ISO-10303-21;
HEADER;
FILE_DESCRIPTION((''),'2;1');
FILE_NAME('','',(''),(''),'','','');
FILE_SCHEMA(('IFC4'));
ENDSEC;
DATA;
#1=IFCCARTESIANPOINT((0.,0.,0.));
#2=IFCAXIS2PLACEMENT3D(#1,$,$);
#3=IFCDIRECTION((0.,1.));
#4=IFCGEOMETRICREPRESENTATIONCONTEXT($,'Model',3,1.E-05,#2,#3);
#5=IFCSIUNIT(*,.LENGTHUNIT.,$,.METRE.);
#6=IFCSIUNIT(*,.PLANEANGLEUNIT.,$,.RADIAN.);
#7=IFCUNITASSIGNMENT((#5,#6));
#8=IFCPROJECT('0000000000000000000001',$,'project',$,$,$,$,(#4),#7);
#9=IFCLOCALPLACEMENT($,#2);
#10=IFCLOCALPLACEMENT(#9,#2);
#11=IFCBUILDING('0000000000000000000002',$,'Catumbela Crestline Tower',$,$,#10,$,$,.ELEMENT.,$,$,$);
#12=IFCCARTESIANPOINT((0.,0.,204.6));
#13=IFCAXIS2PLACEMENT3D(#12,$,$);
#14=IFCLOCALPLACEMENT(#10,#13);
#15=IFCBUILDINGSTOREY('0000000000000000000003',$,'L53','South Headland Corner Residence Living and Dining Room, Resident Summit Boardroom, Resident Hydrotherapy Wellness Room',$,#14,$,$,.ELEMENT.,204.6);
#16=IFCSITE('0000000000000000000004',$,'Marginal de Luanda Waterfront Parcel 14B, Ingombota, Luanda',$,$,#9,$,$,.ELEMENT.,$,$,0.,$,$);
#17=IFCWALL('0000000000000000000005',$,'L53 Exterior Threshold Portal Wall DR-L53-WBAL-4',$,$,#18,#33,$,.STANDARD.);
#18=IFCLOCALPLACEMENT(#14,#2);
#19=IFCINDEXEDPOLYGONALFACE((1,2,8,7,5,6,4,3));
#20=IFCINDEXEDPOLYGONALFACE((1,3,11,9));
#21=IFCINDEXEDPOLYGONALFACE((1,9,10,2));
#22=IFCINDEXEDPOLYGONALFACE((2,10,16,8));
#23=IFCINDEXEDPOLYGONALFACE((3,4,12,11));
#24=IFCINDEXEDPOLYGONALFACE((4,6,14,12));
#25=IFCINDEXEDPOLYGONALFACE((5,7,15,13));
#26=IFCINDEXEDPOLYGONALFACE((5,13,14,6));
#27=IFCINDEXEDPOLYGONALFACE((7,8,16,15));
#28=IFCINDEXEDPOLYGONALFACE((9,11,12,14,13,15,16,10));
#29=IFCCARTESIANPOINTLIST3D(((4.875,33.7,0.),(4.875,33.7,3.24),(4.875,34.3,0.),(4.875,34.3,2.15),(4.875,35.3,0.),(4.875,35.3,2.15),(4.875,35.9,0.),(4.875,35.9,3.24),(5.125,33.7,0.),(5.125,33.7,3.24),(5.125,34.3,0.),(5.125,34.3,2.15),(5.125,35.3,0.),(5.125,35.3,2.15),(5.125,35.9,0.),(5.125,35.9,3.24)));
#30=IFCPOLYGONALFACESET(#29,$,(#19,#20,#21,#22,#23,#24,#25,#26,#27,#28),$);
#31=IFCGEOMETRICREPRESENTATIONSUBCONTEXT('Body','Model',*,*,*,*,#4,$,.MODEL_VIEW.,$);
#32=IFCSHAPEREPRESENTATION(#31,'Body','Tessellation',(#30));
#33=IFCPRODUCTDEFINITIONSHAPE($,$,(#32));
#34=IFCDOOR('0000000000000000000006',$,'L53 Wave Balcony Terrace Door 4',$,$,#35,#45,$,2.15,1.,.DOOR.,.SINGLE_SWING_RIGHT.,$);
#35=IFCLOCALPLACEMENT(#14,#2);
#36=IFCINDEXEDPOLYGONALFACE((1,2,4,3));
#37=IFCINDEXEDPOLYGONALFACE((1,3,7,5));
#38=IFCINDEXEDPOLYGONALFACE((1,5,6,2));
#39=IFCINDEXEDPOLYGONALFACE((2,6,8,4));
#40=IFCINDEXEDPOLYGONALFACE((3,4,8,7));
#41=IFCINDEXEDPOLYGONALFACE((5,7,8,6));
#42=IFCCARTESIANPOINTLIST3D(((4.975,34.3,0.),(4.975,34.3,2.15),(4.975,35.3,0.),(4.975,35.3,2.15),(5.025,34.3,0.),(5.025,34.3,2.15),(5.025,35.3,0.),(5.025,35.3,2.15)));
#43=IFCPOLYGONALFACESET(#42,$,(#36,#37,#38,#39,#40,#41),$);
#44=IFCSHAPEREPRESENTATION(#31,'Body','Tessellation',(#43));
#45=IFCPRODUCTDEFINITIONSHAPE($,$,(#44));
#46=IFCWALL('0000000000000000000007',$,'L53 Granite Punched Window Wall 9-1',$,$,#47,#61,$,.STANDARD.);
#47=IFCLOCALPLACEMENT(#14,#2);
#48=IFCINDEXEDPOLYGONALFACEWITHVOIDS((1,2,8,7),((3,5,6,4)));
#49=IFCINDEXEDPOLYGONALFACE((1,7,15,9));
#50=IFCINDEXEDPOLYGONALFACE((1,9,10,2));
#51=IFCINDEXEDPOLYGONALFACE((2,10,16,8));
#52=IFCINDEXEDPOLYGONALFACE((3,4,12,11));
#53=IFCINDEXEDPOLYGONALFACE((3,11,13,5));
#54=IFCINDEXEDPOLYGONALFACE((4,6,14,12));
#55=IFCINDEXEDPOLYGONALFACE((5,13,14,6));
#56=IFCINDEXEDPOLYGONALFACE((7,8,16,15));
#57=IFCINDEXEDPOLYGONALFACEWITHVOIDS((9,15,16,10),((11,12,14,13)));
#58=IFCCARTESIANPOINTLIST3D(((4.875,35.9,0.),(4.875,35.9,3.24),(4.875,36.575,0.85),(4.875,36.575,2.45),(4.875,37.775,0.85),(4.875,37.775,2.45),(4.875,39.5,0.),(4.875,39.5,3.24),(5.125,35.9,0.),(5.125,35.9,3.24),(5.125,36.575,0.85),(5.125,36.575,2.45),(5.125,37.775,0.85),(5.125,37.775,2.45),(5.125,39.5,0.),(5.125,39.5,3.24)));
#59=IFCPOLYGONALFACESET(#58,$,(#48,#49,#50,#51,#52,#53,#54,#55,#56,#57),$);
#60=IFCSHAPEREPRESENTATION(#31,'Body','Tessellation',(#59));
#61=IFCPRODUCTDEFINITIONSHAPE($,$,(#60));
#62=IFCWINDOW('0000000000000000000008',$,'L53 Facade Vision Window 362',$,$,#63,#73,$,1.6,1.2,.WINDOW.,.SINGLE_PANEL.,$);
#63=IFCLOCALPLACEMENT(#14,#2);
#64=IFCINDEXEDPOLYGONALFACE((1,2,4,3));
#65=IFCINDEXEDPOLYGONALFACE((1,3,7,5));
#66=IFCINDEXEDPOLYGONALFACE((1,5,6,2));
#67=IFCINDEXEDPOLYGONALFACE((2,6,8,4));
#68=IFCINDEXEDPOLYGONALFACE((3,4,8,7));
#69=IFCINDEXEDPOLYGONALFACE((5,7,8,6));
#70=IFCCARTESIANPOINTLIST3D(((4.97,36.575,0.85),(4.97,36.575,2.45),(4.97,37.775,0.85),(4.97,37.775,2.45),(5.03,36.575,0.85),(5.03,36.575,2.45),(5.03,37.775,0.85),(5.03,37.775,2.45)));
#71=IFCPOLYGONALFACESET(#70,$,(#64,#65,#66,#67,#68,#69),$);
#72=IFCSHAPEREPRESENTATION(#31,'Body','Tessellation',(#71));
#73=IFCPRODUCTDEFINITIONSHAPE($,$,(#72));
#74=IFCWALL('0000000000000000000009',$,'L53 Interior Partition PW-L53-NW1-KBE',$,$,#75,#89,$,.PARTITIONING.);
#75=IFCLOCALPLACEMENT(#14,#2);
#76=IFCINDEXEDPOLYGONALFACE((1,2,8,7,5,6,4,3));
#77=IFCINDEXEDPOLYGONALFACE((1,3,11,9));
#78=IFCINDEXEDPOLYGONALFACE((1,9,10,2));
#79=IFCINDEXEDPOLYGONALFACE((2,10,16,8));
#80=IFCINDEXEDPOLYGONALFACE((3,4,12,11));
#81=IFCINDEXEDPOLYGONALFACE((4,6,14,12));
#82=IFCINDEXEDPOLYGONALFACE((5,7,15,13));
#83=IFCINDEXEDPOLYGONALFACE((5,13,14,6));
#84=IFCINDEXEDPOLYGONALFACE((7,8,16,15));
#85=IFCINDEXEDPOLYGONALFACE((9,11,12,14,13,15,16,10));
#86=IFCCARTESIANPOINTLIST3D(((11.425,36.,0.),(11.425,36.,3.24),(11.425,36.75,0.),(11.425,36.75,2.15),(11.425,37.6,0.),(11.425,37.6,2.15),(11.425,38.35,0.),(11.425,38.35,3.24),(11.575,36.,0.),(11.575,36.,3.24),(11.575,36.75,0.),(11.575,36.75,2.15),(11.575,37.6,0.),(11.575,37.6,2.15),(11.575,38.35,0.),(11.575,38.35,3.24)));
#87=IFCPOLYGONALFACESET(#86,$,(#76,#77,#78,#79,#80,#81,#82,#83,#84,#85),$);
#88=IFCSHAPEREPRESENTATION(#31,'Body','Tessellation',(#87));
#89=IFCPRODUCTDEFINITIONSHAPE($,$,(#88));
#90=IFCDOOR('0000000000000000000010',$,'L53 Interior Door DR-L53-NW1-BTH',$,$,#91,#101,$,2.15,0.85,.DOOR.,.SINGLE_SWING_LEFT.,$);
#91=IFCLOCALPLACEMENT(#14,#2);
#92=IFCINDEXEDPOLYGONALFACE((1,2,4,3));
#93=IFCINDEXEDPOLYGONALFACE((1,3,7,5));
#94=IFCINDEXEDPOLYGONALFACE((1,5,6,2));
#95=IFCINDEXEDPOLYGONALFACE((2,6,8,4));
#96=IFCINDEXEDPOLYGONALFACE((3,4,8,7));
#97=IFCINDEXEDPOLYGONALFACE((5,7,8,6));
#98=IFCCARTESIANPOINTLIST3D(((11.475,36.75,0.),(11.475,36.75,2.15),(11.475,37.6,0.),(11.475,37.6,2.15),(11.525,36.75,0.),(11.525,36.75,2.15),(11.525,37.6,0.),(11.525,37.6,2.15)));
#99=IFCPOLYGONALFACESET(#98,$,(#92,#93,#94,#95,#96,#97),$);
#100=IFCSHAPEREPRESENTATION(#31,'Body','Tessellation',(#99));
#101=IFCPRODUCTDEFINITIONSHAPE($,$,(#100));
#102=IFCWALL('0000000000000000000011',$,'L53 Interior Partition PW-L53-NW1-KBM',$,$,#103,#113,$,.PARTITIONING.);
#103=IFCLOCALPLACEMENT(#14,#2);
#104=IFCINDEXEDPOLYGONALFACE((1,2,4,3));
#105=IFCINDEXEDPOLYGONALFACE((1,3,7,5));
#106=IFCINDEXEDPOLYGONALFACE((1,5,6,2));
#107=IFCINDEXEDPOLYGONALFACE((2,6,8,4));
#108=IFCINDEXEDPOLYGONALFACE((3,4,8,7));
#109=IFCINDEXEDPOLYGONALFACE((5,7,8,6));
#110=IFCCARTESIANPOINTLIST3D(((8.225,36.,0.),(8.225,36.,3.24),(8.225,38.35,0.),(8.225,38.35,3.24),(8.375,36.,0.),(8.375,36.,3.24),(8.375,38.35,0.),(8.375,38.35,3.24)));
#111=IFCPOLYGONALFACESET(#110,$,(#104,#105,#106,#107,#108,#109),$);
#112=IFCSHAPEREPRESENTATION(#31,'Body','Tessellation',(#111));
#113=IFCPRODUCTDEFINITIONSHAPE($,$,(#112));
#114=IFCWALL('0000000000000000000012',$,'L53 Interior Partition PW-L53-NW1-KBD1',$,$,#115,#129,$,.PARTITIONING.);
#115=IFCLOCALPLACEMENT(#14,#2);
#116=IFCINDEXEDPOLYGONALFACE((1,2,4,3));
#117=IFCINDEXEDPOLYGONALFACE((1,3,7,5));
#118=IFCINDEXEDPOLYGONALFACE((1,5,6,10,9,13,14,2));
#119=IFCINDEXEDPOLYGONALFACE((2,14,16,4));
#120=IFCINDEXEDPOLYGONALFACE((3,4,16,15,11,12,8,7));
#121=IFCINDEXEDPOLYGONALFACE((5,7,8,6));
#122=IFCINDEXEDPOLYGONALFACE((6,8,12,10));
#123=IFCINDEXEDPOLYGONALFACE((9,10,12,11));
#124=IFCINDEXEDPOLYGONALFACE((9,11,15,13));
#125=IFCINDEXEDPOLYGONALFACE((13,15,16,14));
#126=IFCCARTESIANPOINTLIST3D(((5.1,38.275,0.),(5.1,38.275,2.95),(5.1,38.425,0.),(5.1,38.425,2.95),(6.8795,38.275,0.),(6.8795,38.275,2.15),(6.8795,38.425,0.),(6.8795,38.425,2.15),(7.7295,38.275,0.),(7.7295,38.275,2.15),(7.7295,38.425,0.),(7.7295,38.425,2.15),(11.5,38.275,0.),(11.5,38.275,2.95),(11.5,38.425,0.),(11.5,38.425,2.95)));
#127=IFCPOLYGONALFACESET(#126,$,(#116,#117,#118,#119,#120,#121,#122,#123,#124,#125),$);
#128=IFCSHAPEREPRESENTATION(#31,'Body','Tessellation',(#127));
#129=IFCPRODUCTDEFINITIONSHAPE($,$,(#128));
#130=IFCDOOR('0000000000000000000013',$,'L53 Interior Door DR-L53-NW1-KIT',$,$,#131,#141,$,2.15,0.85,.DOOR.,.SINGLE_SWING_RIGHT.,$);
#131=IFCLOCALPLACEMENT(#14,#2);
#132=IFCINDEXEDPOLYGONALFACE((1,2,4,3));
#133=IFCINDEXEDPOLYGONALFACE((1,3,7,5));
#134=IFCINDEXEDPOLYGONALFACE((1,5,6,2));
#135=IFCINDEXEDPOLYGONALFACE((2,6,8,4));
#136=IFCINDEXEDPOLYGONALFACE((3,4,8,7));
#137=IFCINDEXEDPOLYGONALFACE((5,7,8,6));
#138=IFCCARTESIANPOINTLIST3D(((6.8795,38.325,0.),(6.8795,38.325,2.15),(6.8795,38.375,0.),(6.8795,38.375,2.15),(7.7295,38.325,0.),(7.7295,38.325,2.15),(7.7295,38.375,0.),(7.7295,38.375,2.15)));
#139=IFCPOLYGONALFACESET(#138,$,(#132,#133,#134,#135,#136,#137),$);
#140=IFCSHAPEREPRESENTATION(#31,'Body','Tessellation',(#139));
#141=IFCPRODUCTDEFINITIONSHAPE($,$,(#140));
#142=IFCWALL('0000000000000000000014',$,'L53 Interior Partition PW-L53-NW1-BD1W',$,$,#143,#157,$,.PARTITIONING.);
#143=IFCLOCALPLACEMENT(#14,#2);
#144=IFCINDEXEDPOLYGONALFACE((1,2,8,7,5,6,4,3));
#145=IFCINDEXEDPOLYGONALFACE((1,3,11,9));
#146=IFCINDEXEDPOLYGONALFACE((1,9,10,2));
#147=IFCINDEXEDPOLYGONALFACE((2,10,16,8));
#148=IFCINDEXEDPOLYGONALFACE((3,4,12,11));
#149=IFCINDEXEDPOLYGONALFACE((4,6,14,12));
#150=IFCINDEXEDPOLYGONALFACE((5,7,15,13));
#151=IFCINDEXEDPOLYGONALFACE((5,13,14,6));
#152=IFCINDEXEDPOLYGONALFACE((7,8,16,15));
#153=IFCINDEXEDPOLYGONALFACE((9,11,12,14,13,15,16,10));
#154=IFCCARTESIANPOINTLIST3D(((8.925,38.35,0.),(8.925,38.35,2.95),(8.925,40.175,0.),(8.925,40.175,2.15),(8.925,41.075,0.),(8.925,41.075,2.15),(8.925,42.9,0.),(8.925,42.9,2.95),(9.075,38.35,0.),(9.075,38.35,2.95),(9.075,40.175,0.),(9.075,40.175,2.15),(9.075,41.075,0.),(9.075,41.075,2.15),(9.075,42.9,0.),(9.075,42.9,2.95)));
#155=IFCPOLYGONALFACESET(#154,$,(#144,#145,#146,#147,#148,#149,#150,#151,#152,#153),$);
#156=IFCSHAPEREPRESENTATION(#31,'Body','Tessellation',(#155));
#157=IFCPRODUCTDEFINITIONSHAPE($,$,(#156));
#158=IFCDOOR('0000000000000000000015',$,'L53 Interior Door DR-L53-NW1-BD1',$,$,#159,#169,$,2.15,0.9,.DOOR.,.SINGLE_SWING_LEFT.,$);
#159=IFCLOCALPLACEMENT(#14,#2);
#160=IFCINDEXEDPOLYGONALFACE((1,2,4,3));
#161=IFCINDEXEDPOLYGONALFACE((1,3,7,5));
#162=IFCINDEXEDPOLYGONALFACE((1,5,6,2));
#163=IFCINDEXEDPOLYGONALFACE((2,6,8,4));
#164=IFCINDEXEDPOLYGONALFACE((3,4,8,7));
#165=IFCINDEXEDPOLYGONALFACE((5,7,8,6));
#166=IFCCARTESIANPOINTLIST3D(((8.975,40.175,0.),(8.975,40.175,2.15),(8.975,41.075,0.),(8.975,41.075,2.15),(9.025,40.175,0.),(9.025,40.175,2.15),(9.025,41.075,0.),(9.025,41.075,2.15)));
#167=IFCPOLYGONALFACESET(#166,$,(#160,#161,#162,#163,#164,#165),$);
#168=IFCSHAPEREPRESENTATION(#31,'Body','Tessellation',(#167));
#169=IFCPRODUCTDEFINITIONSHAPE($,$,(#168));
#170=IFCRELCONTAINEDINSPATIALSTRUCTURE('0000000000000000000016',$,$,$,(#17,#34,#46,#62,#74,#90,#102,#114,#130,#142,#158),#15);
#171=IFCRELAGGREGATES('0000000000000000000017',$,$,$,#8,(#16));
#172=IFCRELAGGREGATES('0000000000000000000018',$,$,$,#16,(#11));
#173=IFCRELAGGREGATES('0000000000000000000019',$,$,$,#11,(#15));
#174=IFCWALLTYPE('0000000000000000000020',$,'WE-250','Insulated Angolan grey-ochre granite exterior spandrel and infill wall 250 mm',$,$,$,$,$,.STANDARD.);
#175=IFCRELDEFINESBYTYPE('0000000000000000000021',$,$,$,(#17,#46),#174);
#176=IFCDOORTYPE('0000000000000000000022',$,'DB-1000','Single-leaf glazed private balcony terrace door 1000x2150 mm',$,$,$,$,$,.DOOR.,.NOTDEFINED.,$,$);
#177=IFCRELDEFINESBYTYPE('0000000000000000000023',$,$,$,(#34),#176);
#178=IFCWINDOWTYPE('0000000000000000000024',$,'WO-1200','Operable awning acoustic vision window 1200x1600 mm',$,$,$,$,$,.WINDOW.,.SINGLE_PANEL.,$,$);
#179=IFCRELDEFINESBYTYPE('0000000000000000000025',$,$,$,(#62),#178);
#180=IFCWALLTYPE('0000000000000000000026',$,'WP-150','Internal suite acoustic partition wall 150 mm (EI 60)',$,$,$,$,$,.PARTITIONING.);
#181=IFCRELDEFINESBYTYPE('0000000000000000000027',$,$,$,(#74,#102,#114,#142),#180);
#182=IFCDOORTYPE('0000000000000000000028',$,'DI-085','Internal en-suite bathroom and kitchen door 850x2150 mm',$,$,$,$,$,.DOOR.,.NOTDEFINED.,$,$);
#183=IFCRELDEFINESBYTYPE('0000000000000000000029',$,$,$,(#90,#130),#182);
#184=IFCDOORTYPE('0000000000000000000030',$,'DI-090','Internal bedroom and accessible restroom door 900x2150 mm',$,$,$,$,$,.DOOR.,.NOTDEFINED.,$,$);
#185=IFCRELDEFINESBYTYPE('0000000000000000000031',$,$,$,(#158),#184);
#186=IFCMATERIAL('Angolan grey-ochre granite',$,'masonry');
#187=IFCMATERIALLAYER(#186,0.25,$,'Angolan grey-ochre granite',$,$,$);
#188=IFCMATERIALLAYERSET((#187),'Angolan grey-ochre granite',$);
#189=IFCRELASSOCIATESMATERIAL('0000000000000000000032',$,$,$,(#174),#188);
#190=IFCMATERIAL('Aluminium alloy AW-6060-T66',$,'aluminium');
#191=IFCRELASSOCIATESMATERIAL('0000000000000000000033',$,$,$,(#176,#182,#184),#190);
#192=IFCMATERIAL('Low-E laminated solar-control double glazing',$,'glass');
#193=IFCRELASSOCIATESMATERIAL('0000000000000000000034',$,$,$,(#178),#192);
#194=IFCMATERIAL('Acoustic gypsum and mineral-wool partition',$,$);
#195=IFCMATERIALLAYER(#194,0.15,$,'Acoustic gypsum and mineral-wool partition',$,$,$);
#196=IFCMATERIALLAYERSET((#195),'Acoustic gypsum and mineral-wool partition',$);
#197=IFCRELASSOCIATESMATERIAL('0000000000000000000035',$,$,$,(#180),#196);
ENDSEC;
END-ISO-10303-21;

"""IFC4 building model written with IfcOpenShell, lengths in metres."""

from ifc_helpers import new_model, si_unit, direction, frame, frame_2d, origin, place, context, subcontext, project, spatial, rectangle, extrude, material, layer, layer_set, type_object, element, fill, save


model = new_model("IFC4")

# Units and contexts
model_context = context("Model", 3, precision=1e-05, world=origin(), true_north=direction((0.0, 1.0)))
body_context = subcontext(model_context, "Body", "Model", "MODEL_VIEW")
ifc_project = project(units=[si_unit("LENGTHUNIT", "METRE"), si_unit("PLANEANGLEUNIT", "RADIAN")], contexts=[model_context])

# Site, building, storey
site_placement = place(None, origin())
site = spatial("IfcSite", under=ifc_project, at=site_placement, Name="Marginal de Luanda Waterfront Parcel 14B, Ingombota, Luanda", CompositionType="ELEMENT", RefElevation=0.0)
building_placement = place(site_placement, origin())
building = spatial("IfcBuilding", under=site, at=building_placement, Name="Catumbela Crestline Tower", CompositionType="ELEMENT")
storey_placement = place(building_placement, frame((0.0, 0.0, 204.6)))
storey = spatial("IfcBuildingStorey", under=building, at=storey_placement, Name="L53", Description="South Headland Corner Residence Living and Dining Room, Resident Summit Boardroom, Resident Hydrotherapy Wellness Room", CompositionType="ELEMENT", Elevation=204.6)

# Shared definitions
ifc_material_1 = material(Name="Aluminium alloy AW-6060-T66", Category="aluminium")

# Shared definitions
ifc_material_2 = material(Name="Low-E laminated solar-control double glazing", Category="glass")

# Shared definitions
ifc_material_3 = material(Name="Acoustic gypsum and mineral-wool partition")

# Shared definitions
ifc_material_4 = material(Name="Angolan grey-ochre granite", Category="masonry")
ifc_layer_1 = layer(ifc_material_4, 0.25, Name="Angolan grey-ochre granite")
ifc_layer_set_1 = layer_set([ifc_layer_1], Name="Angolan grey-ochre granite")
wall_type_1 = type_object("IfcWallType", Name="WE-250", Description="Insulated Angolan grey-ochre granite exterior spandrel and infill wall 250 mm", PredefinedType="STANDARD", material=ifc_layer_set_1)

# Wall, opening, door
wall_1_placement = place(storey_placement, frame((5.0, 35.9, 0.0), z_axis=(0.0, 0.0, 1.0), x_axis=(0.0, -1.0, 0.0)))
wall_1 = element("IfcWall", 1, at=wall_1_placement, inside=storey, type_object=wall_type_1, Name="L53 Exterior Threshold Portal Wall DR-L53-WBAL-4", PredefinedType="STANDARD", context=body_context, shape_type="SweptSolid", body=[
    extrude(rectangle(XDim=2.2, YDim=0.25, at=frame_2d((1.1, 0.0))), origin(), (0.0, 0.0, 1.0), 3.24),
])
opening_1_placement = place(wall_1_placement, frame((0.6, 0.0, 0.0)))
opening_1 = element("IfcOpeningElement", 2, at=opening_1_placement, cuts=wall_1, PredefinedType="OPENING", context=body_context, shape_type="SweptSolid", body=[
    extrude(rectangle(XDim=1.0, YDim=2.15, at=frame_2d((0.5, 1.075))), frame((0.0, 0.135, 0.0), z_axis=(0.0, -1.0, 0.0), x_axis=(1.0, 0.0, 0.0)), (0.0, 0.0, 1.0), 0.27),
])
door_type_1 = type_object("IfcDoorType", Name="DB-1000", Description="Single-leaf glazed private balcony terrace door 1000x2150 mm", OperationType="NOTDEFINED", PredefinedType="DOOR", material=ifc_material_1)
door_1_placement = place(opening_1_placement, origin())
door_1 = element("IfcDoor", 3, at=door_1_placement, inside=storey, type_object=door_type_1, Name="L53 Wave Balcony Terrace Door 4", OperationType="SINGLE_SWING_RIGHT", OverallHeight=2.15, OverallWidth=1.0, PredefinedType="DOOR", context=body_context, shape_type="SweptSolid", body=[
    extrude(rectangle(XDim=1.0, YDim=2.15, at=frame_2d((0.5, 1.075))), frame((0.0, 0.025, 0.0), z_axis=(0.0, -1.0, 0.0), x_axis=(1.0, 0.0, 0.0)), (0.0, 0.0, 1.0), 0.05),
])
fill(opening_1, door_1)

# Wall, opening, window
wall_2_placement = place(storey_placement, frame((5.0, 39.5, 0.0), z_axis=(0.0, 0.0, 1.0), x_axis=(0.0, -1.0, 0.0)))
wall_2 = element("IfcWall", 4, at=wall_2_placement, inside=storey, type_object=wall_type_1, Name="L53 Granite Punched Window Wall 9-1", PredefinedType="STANDARD", context=body_context, shape_type="SweptSolid", body=[
    extrude(rectangle(XDim=3.6, YDim=0.25, at=frame_2d((1.8, 0.0))), origin(), (0.0, 0.0, 1.0), 3.24),
])
opening_2_placement = place(wall_2_placement, frame((1.725, 0.0, 0.85)))
opening_2 = element("IfcOpeningElement", 5, at=opening_2_placement, cuts=wall_2, PredefinedType="OPENING", context=body_context, shape_type="SweptSolid", body=[
    extrude(rectangle(XDim=1.2, YDim=1.6, at=frame_2d((0.6, 0.8))), frame((0.0, 0.135, 0.0), z_axis=(0.0, -1.0, 0.0), x_axis=(1.0, 0.0, 0.0)), (0.0, 0.0, 1.0), 0.27),
])
window_type_1 = type_object("IfcWindowType", Name="WO-1200", Description="Operable awning acoustic vision window 1200x1600 mm", PartitioningType="SINGLE_PANEL", PredefinedType="WINDOW", material=ifc_material_2)
window_1_placement = place(opening_2_placement, origin())
window_1 = element("IfcWindow", 6, at=window_1_placement, inside=storey, type_object=window_type_1, Name="L53 Facade Vision Window 362", OverallHeight=1.6, OverallWidth=1.2, PartitioningType="SINGLE_PANEL", PredefinedType="WINDOW", context=body_context, shape_type="SweptSolid", body=[
    extrude(rectangle(XDim=1.2, YDim=1.6, at=frame_2d((0.6, 0.8))), frame((0.0, 0.03, 0.0), z_axis=(0.0, -1.0, 0.0), x_axis=(1.0, 0.0, 0.0)), (0.0, 0.0, 1.0), 0.06),
])
fill(opening_2, window_1)

# Wall, opening, door
ifc_layer_2 = layer(ifc_material_3, 0.15, Name="Acoustic gypsum and mineral-wool partition")
ifc_layer_set_2 = layer_set([ifc_layer_2], Name="Acoustic gypsum and mineral-wool partition")
wall_type_2 = type_object("IfcWallType", Name="WP-150", Description="Internal suite acoustic partition wall 150 mm (EI 60)", PredefinedType="PARTITIONING", material=ifc_layer_set_2)
wall_3_placement = place(storey_placement, frame((11.5, 36.0, 0.0), z_axis=(0.0, 0.0, 1.0), x_axis=(0.0, 1.0, 0.0)))
wall_3 = element("IfcWall", 7, at=wall_3_placement, inside=storey, type_object=wall_type_2, Name="L53 Interior Partition PW-L53-NW1-KBE", PredefinedType="PARTITIONING", context=body_context, shape_type="SweptSolid", body=[
    extrude(rectangle(XDim=2.35, YDim=0.15, at=frame_2d((1.175, 0.0))), origin(), (0.0, 0.0, 1.0), 3.24),
])
opening_3_placement = place(wall_3_placement, frame((0.75, 0.0, 0.0)))
opening_3 = element("IfcOpeningElement", 8, at=opening_3_placement, cuts=wall_3, PredefinedType="OPENING", context=body_context, shape_type="SweptSolid", body=[
    extrude(rectangle(XDim=0.85, YDim=2.15, at=frame_2d((0.425, 1.075))), frame((0.0, 0.085, 0.0), z_axis=(0.0, -1.0, 0.0), x_axis=(1.0, 0.0, 0.0)), (0.0, 0.0, 1.0), 0.17),
])
door_type_2 = type_object("IfcDoorType", Name="DI-085", Description="Internal en-suite bathroom and kitchen door 850x2150 mm", OperationType="NOTDEFINED", PredefinedType="DOOR", material=ifc_material_1)
door_2_placement = place(opening_3_placement, origin())
door_2 = element("IfcDoor", 9, at=door_2_placement, inside=storey, type_object=door_type_2, Name="L53 Interior Door DR-L53-NW1-BTH", OperationType="SINGLE_SWING_LEFT", OverallHeight=2.15, OverallWidth=0.85, PredefinedType="DOOR", context=body_context, shape_type="SweptSolid", body=[
    extrude(rectangle(XDim=0.85, YDim=2.15, at=frame_2d((0.425, 1.075))), frame((0.0, 0.025, 0.0), z_axis=(0.0, -1.0, 0.0), x_axis=(1.0, 0.0, 0.0)), (0.0, 0.0, 1.0), 0.05),
])
fill(opening_3, door_2)

# Wall
wall_4_placement = place(storey_placement, frame((8.3, 36.0, 0.0), z_axis=(0.0, 0.0, 1.0), x_axis=(0.0, 1.0, 0.0)))
element("IfcWall", 10, at=wall_4_placement, inside=storey, type_object=wall_type_2, Name="L53 Interior Partition PW-L53-NW1-KBM", PredefinedType="PARTITIONING", context=body_context, shape_type="SweptSolid", body=[
    extrude(rectangle(XDim=2.35, YDim=0.15, at=frame_2d((1.175, 0.0))), origin(), (0.0, 0.0, 1.0), 3.24),
])

# Walls, openings, doors
wall_5_placement = place(storey_placement, frame((5.1, 38.35, 0.0), z_axis=(0.0, 0.0, 1.0), x_axis=(1.0, 0.0, 0.0)))
wall_5 = element("IfcWall", 11, at=wall_5_placement, inside=storey, type_object=wall_type_2, Name="L53 Interior Partition PW-L53-NW1-KBD1", PredefinedType="PARTITIONING", context=body_context, shape_type="SweptSolid", body=[
    extrude(rectangle(XDim=6.4, YDim=0.15, at=frame_2d((3.2, 0.0))), origin(), (0.0, 0.0, 1.0), 2.95),
])
opening_4_placement = place(wall_5_placement, frame((1.7795, 0.0, 0.0)))
opening_4 = element("IfcOpeningElement", 12, at=opening_4_placement, cuts=wall_5, PredefinedType="OPENING", context=body_context, shape_type="SweptSolid", body=[
    extrude(rectangle(XDim=0.85, YDim=2.15, at=frame_2d((0.425, 1.075))), frame((0.0, 0.085, 0.0), z_axis=(0.0, -1.0, 0.0), x_axis=(1.0, 0.0, 0.0)), (0.0, 0.0, 1.0), 0.17),
])
door_3_placement = place(opening_4_placement, origin())
door_3 = element("IfcDoor", 13, at=door_3_placement, inside=storey, type_object=door_type_2, Name="L53 Interior Door DR-L53-NW1-KIT", OperationType="SINGLE_SWING_RIGHT", OverallHeight=2.15, OverallWidth=0.85, PredefinedType="DOOR", context=body_context, shape_type="SweptSolid", body=[
    extrude(rectangle(XDim=0.85, YDim=2.15, at=frame_2d((0.425, 1.075))), frame((0.0, 0.025, 0.0), z_axis=(0.0, -1.0, 0.0), x_axis=(1.0, 0.0, 0.0)), (0.0, 0.0, 1.0), 0.05),
])
fill(opening_4, door_3)
wall_6_placement = place(storey_placement, frame((9.0, 38.35, 0.0), z_axis=(0.0, 0.0, 1.0), x_axis=(0.0, 1.0, 0.0)))
wall_6 = element("IfcWall", 14, at=wall_6_placement, inside=storey, type_object=wall_type_2, Name="L53 Interior Partition PW-L53-NW1-BD1W", PredefinedType="PARTITIONING", context=body_context, shape_type="SweptSolid", body=[
    extrude(rectangle(XDim=4.55, YDim=0.15, at=frame_2d((2.275, 0.0))), origin(), (0.0, 0.0, 1.0), 2.95),
])
opening_5_placement = place(wall_6_placement, frame((1.825, 0.0, 0.0)))
opening_5 = element("IfcOpeningElement", 15, at=opening_5_placement, cuts=wall_6, PredefinedType="OPENING", context=body_context, shape_type="SweptSolid", body=[
    extrude(rectangle(XDim=0.9, YDim=2.15, at=frame_2d((0.45, 1.075))), frame((0.0, 0.085, 0.0), z_axis=(0.0, -1.0, 0.0), x_axis=(1.0, 0.0, 0.0)), (0.0, 0.0, 1.0), 0.17),
])
door_type_3 = type_object("IfcDoorType", Name="DI-090", Description="Internal bedroom and accessible restroom door 900x2150 mm", OperationType="NOTDEFINED", PredefinedType="DOOR", material=ifc_material_1)
door_4_placement = place(opening_5_placement, origin())
door_4 = element("IfcDoor", 16, at=door_4_placement, inside=storey, type_object=door_type_3, Name="L53 Interior Door DR-L53-NW1-BD1", OperationType="SINGLE_SWING_LEFT", OverallHeight=2.15, OverallWidth=0.9, PredefinedType="DOOR", context=body_context, shape_type="SweptSolid", body=[
    extrude(rectangle(XDim=0.9, YDim=2.15, at=frame_2d((0.45, 1.075))), frame((0.0, 0.025, 0.0), z_axis=(0.0, -1.0, 0.0), x_axis=(1.0, 0.0, 0.0)), (0.0, 0.0, 1.0), 0.05),
])
fill(opening_5, door_4)

save(model, "model.ifc")
